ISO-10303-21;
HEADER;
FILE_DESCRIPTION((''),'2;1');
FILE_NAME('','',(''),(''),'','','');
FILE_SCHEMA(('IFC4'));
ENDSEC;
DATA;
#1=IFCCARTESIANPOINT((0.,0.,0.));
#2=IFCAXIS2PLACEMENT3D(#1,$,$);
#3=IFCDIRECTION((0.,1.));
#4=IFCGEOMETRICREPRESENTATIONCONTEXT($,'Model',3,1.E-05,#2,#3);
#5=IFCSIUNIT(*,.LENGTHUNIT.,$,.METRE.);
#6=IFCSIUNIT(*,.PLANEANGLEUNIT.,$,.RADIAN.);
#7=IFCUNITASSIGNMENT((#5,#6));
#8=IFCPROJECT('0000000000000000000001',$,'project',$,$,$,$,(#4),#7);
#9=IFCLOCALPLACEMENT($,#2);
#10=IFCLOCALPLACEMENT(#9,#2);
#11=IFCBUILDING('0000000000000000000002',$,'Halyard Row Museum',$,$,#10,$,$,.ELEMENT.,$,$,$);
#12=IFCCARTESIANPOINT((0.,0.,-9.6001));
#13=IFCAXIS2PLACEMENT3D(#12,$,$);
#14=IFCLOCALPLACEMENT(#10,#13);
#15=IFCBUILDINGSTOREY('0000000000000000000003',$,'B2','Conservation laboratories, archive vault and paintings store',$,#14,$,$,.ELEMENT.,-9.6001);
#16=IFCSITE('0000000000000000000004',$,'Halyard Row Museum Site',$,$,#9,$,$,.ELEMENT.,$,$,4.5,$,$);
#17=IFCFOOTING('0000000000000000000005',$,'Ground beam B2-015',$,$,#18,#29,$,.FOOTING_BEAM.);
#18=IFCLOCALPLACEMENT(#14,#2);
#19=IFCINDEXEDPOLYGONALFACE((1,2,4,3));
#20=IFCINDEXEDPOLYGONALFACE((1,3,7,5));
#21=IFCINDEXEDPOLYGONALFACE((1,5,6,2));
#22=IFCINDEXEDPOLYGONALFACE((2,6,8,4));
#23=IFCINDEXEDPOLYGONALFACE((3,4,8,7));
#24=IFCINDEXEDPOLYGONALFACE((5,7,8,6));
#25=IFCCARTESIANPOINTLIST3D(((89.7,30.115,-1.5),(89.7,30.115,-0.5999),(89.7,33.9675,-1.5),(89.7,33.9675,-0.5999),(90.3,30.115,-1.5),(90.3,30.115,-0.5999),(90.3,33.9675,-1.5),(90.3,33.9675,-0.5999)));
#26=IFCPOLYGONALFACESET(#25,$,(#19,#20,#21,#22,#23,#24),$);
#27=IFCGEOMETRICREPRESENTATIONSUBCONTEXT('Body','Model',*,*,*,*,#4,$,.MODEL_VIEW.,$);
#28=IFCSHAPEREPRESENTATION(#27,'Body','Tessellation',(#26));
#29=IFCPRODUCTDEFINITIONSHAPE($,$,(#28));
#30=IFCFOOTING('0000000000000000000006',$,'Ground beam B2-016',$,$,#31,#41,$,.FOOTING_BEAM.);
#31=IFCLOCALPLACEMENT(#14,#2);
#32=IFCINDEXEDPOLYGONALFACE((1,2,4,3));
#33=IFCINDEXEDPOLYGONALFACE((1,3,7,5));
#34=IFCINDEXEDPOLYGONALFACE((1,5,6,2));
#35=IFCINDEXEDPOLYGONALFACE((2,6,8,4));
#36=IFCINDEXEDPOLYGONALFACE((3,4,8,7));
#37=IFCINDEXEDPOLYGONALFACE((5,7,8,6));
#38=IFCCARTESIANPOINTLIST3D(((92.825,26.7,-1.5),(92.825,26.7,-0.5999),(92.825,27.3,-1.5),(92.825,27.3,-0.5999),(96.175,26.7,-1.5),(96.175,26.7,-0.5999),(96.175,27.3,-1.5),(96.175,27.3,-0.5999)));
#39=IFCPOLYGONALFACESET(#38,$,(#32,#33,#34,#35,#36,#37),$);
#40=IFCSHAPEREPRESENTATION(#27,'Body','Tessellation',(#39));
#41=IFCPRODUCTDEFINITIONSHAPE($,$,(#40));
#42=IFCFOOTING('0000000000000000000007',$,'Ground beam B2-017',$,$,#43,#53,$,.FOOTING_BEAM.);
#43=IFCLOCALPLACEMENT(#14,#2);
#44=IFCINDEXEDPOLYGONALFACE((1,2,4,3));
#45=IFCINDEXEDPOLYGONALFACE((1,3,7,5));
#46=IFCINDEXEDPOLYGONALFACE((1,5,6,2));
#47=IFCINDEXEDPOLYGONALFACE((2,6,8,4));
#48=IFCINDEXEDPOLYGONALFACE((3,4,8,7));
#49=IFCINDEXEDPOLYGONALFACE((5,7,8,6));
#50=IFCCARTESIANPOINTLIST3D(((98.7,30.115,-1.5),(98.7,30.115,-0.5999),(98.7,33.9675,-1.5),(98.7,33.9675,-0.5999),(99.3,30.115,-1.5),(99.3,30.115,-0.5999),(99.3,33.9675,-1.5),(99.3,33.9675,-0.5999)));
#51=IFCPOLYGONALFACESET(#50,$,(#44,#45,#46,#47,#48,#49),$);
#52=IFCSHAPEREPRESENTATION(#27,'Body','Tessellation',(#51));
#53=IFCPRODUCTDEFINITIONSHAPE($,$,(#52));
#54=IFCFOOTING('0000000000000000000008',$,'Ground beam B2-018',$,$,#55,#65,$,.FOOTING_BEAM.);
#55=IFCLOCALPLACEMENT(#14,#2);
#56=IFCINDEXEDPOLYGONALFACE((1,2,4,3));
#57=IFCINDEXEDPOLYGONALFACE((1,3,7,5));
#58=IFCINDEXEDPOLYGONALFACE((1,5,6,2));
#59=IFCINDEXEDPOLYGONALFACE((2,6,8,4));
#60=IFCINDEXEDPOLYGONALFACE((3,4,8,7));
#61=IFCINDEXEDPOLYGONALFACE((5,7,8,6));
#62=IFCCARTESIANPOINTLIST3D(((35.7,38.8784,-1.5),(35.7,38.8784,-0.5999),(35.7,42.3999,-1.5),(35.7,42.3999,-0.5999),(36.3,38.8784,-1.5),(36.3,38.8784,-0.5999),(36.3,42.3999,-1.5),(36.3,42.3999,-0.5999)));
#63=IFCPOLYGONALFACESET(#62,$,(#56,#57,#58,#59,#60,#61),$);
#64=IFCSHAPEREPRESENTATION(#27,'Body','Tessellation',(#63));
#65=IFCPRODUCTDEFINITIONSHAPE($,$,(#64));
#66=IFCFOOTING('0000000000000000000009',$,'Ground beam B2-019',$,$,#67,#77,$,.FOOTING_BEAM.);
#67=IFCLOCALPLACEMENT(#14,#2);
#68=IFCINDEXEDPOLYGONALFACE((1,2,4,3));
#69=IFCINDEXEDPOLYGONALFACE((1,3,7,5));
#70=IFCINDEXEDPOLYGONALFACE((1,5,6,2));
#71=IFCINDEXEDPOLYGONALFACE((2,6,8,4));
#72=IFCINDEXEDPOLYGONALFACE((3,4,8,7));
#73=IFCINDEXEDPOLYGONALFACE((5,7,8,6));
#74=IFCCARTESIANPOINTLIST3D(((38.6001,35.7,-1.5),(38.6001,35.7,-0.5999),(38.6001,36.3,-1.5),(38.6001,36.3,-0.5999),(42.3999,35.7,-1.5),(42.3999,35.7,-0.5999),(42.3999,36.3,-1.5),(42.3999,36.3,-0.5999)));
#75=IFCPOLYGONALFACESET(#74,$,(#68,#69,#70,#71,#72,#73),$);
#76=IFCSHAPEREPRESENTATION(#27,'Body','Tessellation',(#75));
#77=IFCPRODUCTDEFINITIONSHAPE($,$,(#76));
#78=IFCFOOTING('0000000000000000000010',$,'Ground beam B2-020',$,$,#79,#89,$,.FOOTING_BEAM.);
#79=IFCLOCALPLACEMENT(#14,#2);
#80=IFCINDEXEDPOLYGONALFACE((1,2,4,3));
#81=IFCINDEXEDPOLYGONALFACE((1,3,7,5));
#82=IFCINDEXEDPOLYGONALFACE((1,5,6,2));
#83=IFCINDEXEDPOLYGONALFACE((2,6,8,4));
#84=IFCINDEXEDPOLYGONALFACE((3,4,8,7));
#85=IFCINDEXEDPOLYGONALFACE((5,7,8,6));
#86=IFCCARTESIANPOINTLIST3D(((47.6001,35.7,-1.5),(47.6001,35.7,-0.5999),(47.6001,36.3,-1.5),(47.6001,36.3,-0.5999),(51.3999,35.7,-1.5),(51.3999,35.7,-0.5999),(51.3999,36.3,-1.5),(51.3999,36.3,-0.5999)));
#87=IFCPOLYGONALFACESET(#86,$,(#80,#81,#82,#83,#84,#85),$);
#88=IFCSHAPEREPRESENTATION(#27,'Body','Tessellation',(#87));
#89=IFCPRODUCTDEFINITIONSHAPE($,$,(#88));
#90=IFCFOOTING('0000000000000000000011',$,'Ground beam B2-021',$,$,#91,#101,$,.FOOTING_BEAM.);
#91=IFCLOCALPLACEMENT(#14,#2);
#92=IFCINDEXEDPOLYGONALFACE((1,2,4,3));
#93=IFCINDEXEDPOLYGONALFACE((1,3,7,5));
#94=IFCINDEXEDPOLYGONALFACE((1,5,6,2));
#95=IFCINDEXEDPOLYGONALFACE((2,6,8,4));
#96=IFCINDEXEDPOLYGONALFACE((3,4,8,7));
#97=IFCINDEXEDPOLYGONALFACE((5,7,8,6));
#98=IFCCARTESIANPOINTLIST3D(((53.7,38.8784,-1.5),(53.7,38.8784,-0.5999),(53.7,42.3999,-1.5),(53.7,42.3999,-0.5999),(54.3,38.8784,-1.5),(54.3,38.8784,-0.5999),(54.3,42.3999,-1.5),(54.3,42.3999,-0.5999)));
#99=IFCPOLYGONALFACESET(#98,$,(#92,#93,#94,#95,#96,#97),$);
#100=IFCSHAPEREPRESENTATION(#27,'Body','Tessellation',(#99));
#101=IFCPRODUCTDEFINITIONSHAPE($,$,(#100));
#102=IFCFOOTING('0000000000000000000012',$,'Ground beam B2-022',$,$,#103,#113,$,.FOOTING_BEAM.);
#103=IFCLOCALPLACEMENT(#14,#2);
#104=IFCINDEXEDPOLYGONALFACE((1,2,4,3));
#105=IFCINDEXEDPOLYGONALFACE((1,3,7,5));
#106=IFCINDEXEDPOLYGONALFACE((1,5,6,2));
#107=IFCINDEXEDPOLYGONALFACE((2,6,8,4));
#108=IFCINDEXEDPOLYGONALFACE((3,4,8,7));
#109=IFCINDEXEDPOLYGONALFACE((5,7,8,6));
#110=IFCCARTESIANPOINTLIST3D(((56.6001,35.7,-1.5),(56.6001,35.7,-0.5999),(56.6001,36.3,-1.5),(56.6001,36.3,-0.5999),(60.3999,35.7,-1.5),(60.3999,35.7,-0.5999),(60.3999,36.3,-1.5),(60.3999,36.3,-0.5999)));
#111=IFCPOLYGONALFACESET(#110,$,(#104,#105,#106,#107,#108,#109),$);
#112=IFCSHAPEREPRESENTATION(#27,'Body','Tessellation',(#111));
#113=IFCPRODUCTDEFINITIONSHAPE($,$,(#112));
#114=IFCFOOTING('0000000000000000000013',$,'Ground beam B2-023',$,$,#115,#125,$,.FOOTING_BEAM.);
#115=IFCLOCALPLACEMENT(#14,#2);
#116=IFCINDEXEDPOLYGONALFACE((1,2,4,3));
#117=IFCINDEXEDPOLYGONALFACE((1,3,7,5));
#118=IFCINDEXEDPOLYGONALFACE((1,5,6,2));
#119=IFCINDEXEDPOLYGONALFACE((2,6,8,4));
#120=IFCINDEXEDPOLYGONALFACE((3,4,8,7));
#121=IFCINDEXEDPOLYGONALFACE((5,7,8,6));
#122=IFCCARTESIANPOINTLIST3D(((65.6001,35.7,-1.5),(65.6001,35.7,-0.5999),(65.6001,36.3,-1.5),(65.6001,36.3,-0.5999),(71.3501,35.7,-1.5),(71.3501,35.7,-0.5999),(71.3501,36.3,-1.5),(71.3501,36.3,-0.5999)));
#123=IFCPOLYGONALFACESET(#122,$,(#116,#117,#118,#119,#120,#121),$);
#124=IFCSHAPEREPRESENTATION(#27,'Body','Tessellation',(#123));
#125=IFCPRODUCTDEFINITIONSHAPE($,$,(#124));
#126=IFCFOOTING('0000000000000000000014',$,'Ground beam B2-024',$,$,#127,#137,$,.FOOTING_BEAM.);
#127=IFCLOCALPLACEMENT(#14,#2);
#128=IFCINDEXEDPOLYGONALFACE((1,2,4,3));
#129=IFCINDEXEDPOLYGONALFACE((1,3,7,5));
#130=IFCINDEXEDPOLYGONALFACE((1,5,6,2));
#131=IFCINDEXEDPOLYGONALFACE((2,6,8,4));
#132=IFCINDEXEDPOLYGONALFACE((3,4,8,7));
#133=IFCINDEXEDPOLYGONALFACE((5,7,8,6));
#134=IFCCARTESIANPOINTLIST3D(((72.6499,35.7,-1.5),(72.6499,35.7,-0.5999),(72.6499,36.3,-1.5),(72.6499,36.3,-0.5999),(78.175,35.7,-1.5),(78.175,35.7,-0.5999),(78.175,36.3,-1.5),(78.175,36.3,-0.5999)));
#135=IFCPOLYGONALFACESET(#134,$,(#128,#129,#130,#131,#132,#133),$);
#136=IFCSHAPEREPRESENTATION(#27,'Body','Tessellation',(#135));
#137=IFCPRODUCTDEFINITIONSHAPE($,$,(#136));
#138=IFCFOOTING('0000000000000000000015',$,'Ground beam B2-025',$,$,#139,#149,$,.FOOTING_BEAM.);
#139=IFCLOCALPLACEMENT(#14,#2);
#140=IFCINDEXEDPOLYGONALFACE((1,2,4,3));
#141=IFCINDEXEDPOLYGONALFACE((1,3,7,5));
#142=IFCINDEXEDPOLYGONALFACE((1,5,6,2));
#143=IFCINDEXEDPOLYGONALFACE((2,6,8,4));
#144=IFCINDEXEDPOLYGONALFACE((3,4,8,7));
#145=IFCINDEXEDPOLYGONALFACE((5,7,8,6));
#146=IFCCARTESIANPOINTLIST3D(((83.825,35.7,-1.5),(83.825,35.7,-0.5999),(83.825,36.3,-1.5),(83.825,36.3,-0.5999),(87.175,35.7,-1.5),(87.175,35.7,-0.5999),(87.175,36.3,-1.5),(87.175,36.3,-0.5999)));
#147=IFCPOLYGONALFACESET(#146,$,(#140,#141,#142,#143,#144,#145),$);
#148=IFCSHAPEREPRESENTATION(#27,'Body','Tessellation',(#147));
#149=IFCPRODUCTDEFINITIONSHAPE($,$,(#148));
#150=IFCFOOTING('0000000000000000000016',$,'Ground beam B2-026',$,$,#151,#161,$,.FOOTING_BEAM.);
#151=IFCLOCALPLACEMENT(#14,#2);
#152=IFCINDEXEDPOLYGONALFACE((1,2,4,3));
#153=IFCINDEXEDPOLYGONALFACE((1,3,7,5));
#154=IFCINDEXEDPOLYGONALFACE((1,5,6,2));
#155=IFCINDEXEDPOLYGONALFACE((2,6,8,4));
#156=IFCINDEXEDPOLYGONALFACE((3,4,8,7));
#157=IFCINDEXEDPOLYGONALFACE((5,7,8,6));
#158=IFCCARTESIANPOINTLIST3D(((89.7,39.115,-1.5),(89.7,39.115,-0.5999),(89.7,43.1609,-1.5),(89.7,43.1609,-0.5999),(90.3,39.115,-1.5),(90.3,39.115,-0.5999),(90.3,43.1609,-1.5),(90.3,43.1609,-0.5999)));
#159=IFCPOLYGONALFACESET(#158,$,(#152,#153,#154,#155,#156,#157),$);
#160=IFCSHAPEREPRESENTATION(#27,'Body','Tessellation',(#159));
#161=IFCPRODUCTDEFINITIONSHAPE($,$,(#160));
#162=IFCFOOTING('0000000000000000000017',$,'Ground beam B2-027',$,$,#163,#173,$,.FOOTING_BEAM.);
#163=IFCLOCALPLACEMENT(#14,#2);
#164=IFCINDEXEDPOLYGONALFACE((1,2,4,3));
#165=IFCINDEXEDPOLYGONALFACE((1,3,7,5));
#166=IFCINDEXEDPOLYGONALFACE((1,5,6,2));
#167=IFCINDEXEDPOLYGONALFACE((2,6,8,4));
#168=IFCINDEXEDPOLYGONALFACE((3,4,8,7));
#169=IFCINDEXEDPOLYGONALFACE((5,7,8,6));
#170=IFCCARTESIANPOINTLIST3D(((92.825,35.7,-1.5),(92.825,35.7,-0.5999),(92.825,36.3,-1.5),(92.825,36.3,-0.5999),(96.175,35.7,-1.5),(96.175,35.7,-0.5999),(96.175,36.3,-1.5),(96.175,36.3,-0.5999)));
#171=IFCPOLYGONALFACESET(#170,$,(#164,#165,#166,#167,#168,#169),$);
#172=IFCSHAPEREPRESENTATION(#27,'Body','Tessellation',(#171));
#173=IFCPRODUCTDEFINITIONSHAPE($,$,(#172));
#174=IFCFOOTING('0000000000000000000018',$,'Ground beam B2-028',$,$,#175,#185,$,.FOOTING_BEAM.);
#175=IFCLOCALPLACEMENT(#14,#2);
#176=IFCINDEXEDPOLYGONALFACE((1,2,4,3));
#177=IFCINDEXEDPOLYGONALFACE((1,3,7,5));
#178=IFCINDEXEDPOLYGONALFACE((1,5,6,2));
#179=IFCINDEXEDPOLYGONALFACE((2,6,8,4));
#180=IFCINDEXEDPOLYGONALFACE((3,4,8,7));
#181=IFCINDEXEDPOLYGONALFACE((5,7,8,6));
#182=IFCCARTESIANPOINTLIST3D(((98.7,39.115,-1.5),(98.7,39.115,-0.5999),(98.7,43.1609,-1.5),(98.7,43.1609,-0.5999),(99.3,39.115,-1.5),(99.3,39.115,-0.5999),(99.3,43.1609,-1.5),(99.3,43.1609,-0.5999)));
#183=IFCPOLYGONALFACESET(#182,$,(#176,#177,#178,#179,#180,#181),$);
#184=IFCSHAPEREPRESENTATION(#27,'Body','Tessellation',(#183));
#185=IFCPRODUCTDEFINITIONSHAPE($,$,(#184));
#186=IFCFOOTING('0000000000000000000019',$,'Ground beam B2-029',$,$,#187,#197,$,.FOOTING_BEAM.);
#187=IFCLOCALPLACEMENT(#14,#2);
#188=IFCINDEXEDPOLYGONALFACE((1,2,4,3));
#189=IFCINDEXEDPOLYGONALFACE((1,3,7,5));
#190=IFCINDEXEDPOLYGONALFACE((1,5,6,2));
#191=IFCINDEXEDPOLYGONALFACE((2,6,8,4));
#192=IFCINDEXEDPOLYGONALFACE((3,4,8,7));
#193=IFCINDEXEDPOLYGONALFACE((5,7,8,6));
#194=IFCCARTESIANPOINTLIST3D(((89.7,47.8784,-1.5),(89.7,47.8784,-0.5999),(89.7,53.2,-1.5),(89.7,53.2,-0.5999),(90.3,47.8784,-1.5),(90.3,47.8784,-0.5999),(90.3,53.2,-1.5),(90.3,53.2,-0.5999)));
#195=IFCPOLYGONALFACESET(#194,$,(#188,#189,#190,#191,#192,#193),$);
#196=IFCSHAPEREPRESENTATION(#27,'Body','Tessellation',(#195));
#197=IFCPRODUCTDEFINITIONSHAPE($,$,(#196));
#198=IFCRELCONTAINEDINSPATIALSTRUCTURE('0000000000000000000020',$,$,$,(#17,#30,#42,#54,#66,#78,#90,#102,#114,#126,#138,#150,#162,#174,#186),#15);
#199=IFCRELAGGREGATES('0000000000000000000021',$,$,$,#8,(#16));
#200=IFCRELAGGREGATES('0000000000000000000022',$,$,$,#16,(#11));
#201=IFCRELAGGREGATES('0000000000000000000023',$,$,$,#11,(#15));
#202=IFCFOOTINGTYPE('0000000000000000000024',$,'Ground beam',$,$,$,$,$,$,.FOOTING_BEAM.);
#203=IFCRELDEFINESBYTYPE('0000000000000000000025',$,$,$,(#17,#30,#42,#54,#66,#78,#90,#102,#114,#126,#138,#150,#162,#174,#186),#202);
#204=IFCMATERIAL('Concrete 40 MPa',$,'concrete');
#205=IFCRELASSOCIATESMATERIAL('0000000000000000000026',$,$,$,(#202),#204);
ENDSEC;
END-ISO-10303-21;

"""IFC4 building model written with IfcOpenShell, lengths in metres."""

from ifc_helpers import new_model, si_unit, direction, frame, origin, place, context, subcontext, project, spatial, polyline, outline, extrude, material, type_object, element, save


model = new_model("IFC4")

# Units and contexts
model_context = context("Model", 3, precision=1e-05, world=origin(), true_north=direction((0.0, 1.0)))
body_context = subcontext(model_context, "Body", "Model", "MODEL_VIEW")
ifc_project = project(units=[si_unit("LENGTHUNIT", "METRE"), si_unit("PLANEANGLEUNIT", "RADIAN")], contexts=[model_context])

# Site, building, storey
site_placement = place(None, origin())
site = spatial("IfcSite", under=ifc_project, at=site_placement, Name="Halyard Row Museum Site", CompositionType="ELEMENT", RefElevation=4.5)
building_placement = place(site_placement, origin())
building = spatial("IfcBuilding", under=site, at=building_placement, Name="Halyard Row Museum", CompositionType="ELEMENT")
storey_placement = place(building_placement, frame((0.0, 0.0, -9.6001)))
storey = spatial("IfcBuildingStorey", under=building, at=storey_placement, Name="B2", Description="Conservation laboratories, archive vault and paintings store", CompositionType="ELEMENT", Elevation=-9.6001)

# Footings
ifc_material_1 = material(Name="Concrete 40 MPa", Category="concrete")
footing_type = type_object("IfcFootingType", Name="Ground beam", PredefinedType="FOOTING_BEAM", material=ifc_material_1)
footing_1_placement = place(storey_placement, frame((0.0, 0.0, -1.5)))
element("IfcFooting", 1, at=footing_1_placement, inside=storey, type_object=footing_type, Name="Ground beam B2-015", PredefinedType="FOOTING_BEAM", context=body_context, shape_type="SweptSolid", body=[
    extrude(outline(polyline([(89.7, 30.115), (90.3, 30.115), (90.3, 33.9675), (89.7, 33.9675), (89.7, 30.115)])), origin(), (0.0, 0.0, 1.0), 0.9001),
])
footing_2_placement = place(storey_placement, frame((0.0, 0.0, -1.5)))
element("IfcFooting", 2, at=footing_2_placement, inside=storey, type_object=footing_type, Name="Ground beam B2-016", PredefinedType="FOOTING_BEAM", context=body_context, shape_type="SweptSolid", body=[
    extrude(outline(polyline([(92.825, 26.7), (96.175, 26.7), (96.175, 27.3), (92.825, 27.3), (92.825, 26.7)])), origin(), (0.0, 0.0, 1.0), 0.9001),
])
footing_3_placement = place(storey_placement, frame((0.0, 0.0, -1.5)))
element("IfcFooting", 3, at=footing_3_placement, inside=storey, type_object=footing_type, Name="Ground beam B2-017", PredefinedType="FOOTING_BEAM", context=body_context, shape_type="SweptSolid", body=[
    extrude(outline(polyline([(98.7, 30.115), (99.3, 30.115), (99.3, 33.9675), (98.7, 33.9675), (98.7, 30.115)])), origin(), (0.0, 0.0, 1.0), 0.9001),
])
footing_4_placement = place(storey_placement, frame((0.0, 0.0, -1.5)))
element("IfcFooting", 4, at=footing_4_placement, inside=storey, type_object=footing_type, Name="Ground beam B2-018", PredefinedType="FOOTING_BEAM", context=body_context, shape_type="SweptSolid", body=[
    extrude(outline(polyline([(35.7, 38.8784), (36.3, 38.8784), (36.3, 42.3999), (35.7, 42.3999), (35.7, 38.8784)])), origin(), (0.0, 0.0, 1.0), 0.9001),
])
footing_5_placement = place(storey_placement, frame((0.0, 0.0, -1.5)))
element("IfcFooting", 5, at=footing_5_placement, inside=storey, type_object=footing_type, Name="Ground beam B2-019", PredefinedType="FOOTING_BEAM", context=body_context, shape_type="SweptSolid", body=[
    extrude(outline(polyline([(38.6001, 35.7), (42.3999, 35.7), (42.3999, 36.3), (38.6001, 36.3), (38.6001, 35.7)])), origin(), (0.0, 0.0, 1.0), 0.9001),
])
footing_6_placement = place(storey_placement, frame((0.0, 0.0, -1.5)))
element("IfcFooting", 6, at=footing_6_placement, inside=storey, type_object=footing_type, Name="Ground beam B2-020", PredefinedType="FOOTING_BEAM", context=body_context, shape_type="SweptSolid", body=[
    extrude(outline(polyline([(47.6001, 35.7), (51.3999, 35.7), (51.3999, 36.3), (47.6001, 36.3), (47.6001, 35.7)])), origin(), (0.0, 0.0, 1.0), 0.9001),
])
footing_7_placement = place(storey_placement, frame((0.0, 0.0, -1.5)))
element("IfcFooting", 7, at=footing_7_placement, inside=storey, type_object=footing_type, Name="Ground beam B2-021", PredefinedType="FOOTING_BEAM", context=body_context, shape_type="SweptSolid", body=[
    extrude(outline(polyline([(53.7, 38.8784), (54.3, 38.8784), (54.3, 42.3999), (53.7, 42.3999), (53.7, 38.8784)])), origin(), (0.0, 0.0, 1.0), 0.9001),
])
footing_8_placement = place(storey_placement, frame((0.0, 0.0, -1.5)))
element("IfcFooting", 8, at=footing_8_placement, inside=storey, type_object=footing_type, Name="Ground beam B2-022", PredefinedType="FOOTING_BEAM", context=body_context, shape_type="SweptSolid", body=[
    extrude(outline(polyline([(56.6001, 35.7), (60.3999, 35.7), (60.3999, 36.3), (56.6001, 36.3), (56.6001, 35.7)])), origin(), (0.0, 0.0, 1.0), 0.9001),
])
footing_9_placement = place(storey_placement, frame((0.0, 0.0, -1.5)))
element("IfcFooting", 9, at=footing_9_placement, inside=storey, type_object=footing_type, Name="Ground beam B2-023", PredefinedType="FOOTING_BEAM", context=body_context, shape_type="SweptSolid", body=[
    extrude(outline(polyline([(65.6001, 35.7), (71.3501, 35.7), (71.3501, 36.3), (65.6001, 36.3), (65.6001, 35.7)])), origin(), (0.0, 0.0, 1.0), 0.9001),
])
footing_10_placement = place(storey_placement, frame((0.0, 0.0, -1.5)))
element("IfcFooting", 10, at=footing_10_placement, inside=storey, type_object=footing_type, Name="Ground beam B2-024", PredefinedType="FOOTING_BEAM", context=body_context, shape_type="SweptSolid", body=[
    extrude(outline(polyline([(72.6499, 35.7), (78.175, 35.7), (78.175, 36.3), (72.6499, 36.3), (72.6499, 35.7)])), origin(), (0.0, 0.0, 1.0), 0.9001),
])
footing_11_placement = place(storey_placement, frame((0.0, 0.0, -1.5)))
element("IfcFooting", 11, at=footing_11_placement, inside=storey, type_object=footing_type, Name="Ground beam B2-025", PredefinedType="FOOTING_BEAM", context=body_context, shape_type="SweptSolid", body=[
    extrude(outline(polyline([(83.825, 35.7), (87.175, 35.7), (87.175, 36.3), (83.825, 36.3), (83.825, 35.7)])), origin(), (0.0, 0.0, 1.0), 0.9001),
])
footing_12_placement = place(storey_placement, frame((0.0, 0.0, -1.5)))
element("IfcFooting", 12, at=footing_12_placement, inside=storey, type_object=footing_type, Name="Ground beam B2-026", PredefinedType="FOOTING_BEAM", context=body_context, shape_type="SweptSolid", body=[
    extrude(outline(polyline([(89.7, 39.115), (90.3, 39.115), (90.3, 43.1609), (89.7, 43.1609), (89.7, 39.115)])), origin(), (0.0, 0.0, 1.0), 0.9001),
])
footing_13_placement = place(storey_placement, frame((0.0, 0.0, -1.5)))
element("IfcFooting", 13, at=footing_13_placement, inside=storey, type_object=footing_type, Name="Ground beam B2-027", PredefinedType="FOOTING_BEAM", context=body_context, shape_type="SweptSolid", body=[
    extrude(outline(polyline([(92.825, 35.7), (96.175, 35.7), (96.175, 36.3), (92.825, 36.3), (92.825, 35.7)])), origin(), (0.0, 0.0, 1.0), 0.9001),
])
footing_14_placement = place(storey_placement, frame((0.0, 0.0, -1.5)))
element("IfcFooting", 14, at=footing_14_placement, inside=storey, type_object=footing_type, Name="Ground beam B2-028", PredefinedType="FOOTING_BEAM", context=body_context, shape_type="SweptSolid", body=[
    extrude(outline(polyline([(98.7, 39.115), (99.3, 39.115), (99.3, 43.1609), (98.7, 43.1609), (98.7, 39.115)])), origin(), (0.0, 0.0, 1.0), 0.9001),
])
footing_15_placement = place(storey_placement, frame((0.0, 0.0, -1.5)))
element("IfcFooting", 15, at=footing_15_placement, inside=storey, type_object=footing_type, Name="Ground beam B2-029", PredefinedType="FOOTING_BEAM", context=body_context, shape_type="SweptSolid", body=[
    extrude(outline(polyline([(89.7, 47.8784), (90.3, 47.8784), (90.3, 53.2), (89.7, 53.2), (89.7, 47.8784)])), origin(), (0.0, 0.0, 1.0), 0.9001),
])

save(model, "model.ifc")
